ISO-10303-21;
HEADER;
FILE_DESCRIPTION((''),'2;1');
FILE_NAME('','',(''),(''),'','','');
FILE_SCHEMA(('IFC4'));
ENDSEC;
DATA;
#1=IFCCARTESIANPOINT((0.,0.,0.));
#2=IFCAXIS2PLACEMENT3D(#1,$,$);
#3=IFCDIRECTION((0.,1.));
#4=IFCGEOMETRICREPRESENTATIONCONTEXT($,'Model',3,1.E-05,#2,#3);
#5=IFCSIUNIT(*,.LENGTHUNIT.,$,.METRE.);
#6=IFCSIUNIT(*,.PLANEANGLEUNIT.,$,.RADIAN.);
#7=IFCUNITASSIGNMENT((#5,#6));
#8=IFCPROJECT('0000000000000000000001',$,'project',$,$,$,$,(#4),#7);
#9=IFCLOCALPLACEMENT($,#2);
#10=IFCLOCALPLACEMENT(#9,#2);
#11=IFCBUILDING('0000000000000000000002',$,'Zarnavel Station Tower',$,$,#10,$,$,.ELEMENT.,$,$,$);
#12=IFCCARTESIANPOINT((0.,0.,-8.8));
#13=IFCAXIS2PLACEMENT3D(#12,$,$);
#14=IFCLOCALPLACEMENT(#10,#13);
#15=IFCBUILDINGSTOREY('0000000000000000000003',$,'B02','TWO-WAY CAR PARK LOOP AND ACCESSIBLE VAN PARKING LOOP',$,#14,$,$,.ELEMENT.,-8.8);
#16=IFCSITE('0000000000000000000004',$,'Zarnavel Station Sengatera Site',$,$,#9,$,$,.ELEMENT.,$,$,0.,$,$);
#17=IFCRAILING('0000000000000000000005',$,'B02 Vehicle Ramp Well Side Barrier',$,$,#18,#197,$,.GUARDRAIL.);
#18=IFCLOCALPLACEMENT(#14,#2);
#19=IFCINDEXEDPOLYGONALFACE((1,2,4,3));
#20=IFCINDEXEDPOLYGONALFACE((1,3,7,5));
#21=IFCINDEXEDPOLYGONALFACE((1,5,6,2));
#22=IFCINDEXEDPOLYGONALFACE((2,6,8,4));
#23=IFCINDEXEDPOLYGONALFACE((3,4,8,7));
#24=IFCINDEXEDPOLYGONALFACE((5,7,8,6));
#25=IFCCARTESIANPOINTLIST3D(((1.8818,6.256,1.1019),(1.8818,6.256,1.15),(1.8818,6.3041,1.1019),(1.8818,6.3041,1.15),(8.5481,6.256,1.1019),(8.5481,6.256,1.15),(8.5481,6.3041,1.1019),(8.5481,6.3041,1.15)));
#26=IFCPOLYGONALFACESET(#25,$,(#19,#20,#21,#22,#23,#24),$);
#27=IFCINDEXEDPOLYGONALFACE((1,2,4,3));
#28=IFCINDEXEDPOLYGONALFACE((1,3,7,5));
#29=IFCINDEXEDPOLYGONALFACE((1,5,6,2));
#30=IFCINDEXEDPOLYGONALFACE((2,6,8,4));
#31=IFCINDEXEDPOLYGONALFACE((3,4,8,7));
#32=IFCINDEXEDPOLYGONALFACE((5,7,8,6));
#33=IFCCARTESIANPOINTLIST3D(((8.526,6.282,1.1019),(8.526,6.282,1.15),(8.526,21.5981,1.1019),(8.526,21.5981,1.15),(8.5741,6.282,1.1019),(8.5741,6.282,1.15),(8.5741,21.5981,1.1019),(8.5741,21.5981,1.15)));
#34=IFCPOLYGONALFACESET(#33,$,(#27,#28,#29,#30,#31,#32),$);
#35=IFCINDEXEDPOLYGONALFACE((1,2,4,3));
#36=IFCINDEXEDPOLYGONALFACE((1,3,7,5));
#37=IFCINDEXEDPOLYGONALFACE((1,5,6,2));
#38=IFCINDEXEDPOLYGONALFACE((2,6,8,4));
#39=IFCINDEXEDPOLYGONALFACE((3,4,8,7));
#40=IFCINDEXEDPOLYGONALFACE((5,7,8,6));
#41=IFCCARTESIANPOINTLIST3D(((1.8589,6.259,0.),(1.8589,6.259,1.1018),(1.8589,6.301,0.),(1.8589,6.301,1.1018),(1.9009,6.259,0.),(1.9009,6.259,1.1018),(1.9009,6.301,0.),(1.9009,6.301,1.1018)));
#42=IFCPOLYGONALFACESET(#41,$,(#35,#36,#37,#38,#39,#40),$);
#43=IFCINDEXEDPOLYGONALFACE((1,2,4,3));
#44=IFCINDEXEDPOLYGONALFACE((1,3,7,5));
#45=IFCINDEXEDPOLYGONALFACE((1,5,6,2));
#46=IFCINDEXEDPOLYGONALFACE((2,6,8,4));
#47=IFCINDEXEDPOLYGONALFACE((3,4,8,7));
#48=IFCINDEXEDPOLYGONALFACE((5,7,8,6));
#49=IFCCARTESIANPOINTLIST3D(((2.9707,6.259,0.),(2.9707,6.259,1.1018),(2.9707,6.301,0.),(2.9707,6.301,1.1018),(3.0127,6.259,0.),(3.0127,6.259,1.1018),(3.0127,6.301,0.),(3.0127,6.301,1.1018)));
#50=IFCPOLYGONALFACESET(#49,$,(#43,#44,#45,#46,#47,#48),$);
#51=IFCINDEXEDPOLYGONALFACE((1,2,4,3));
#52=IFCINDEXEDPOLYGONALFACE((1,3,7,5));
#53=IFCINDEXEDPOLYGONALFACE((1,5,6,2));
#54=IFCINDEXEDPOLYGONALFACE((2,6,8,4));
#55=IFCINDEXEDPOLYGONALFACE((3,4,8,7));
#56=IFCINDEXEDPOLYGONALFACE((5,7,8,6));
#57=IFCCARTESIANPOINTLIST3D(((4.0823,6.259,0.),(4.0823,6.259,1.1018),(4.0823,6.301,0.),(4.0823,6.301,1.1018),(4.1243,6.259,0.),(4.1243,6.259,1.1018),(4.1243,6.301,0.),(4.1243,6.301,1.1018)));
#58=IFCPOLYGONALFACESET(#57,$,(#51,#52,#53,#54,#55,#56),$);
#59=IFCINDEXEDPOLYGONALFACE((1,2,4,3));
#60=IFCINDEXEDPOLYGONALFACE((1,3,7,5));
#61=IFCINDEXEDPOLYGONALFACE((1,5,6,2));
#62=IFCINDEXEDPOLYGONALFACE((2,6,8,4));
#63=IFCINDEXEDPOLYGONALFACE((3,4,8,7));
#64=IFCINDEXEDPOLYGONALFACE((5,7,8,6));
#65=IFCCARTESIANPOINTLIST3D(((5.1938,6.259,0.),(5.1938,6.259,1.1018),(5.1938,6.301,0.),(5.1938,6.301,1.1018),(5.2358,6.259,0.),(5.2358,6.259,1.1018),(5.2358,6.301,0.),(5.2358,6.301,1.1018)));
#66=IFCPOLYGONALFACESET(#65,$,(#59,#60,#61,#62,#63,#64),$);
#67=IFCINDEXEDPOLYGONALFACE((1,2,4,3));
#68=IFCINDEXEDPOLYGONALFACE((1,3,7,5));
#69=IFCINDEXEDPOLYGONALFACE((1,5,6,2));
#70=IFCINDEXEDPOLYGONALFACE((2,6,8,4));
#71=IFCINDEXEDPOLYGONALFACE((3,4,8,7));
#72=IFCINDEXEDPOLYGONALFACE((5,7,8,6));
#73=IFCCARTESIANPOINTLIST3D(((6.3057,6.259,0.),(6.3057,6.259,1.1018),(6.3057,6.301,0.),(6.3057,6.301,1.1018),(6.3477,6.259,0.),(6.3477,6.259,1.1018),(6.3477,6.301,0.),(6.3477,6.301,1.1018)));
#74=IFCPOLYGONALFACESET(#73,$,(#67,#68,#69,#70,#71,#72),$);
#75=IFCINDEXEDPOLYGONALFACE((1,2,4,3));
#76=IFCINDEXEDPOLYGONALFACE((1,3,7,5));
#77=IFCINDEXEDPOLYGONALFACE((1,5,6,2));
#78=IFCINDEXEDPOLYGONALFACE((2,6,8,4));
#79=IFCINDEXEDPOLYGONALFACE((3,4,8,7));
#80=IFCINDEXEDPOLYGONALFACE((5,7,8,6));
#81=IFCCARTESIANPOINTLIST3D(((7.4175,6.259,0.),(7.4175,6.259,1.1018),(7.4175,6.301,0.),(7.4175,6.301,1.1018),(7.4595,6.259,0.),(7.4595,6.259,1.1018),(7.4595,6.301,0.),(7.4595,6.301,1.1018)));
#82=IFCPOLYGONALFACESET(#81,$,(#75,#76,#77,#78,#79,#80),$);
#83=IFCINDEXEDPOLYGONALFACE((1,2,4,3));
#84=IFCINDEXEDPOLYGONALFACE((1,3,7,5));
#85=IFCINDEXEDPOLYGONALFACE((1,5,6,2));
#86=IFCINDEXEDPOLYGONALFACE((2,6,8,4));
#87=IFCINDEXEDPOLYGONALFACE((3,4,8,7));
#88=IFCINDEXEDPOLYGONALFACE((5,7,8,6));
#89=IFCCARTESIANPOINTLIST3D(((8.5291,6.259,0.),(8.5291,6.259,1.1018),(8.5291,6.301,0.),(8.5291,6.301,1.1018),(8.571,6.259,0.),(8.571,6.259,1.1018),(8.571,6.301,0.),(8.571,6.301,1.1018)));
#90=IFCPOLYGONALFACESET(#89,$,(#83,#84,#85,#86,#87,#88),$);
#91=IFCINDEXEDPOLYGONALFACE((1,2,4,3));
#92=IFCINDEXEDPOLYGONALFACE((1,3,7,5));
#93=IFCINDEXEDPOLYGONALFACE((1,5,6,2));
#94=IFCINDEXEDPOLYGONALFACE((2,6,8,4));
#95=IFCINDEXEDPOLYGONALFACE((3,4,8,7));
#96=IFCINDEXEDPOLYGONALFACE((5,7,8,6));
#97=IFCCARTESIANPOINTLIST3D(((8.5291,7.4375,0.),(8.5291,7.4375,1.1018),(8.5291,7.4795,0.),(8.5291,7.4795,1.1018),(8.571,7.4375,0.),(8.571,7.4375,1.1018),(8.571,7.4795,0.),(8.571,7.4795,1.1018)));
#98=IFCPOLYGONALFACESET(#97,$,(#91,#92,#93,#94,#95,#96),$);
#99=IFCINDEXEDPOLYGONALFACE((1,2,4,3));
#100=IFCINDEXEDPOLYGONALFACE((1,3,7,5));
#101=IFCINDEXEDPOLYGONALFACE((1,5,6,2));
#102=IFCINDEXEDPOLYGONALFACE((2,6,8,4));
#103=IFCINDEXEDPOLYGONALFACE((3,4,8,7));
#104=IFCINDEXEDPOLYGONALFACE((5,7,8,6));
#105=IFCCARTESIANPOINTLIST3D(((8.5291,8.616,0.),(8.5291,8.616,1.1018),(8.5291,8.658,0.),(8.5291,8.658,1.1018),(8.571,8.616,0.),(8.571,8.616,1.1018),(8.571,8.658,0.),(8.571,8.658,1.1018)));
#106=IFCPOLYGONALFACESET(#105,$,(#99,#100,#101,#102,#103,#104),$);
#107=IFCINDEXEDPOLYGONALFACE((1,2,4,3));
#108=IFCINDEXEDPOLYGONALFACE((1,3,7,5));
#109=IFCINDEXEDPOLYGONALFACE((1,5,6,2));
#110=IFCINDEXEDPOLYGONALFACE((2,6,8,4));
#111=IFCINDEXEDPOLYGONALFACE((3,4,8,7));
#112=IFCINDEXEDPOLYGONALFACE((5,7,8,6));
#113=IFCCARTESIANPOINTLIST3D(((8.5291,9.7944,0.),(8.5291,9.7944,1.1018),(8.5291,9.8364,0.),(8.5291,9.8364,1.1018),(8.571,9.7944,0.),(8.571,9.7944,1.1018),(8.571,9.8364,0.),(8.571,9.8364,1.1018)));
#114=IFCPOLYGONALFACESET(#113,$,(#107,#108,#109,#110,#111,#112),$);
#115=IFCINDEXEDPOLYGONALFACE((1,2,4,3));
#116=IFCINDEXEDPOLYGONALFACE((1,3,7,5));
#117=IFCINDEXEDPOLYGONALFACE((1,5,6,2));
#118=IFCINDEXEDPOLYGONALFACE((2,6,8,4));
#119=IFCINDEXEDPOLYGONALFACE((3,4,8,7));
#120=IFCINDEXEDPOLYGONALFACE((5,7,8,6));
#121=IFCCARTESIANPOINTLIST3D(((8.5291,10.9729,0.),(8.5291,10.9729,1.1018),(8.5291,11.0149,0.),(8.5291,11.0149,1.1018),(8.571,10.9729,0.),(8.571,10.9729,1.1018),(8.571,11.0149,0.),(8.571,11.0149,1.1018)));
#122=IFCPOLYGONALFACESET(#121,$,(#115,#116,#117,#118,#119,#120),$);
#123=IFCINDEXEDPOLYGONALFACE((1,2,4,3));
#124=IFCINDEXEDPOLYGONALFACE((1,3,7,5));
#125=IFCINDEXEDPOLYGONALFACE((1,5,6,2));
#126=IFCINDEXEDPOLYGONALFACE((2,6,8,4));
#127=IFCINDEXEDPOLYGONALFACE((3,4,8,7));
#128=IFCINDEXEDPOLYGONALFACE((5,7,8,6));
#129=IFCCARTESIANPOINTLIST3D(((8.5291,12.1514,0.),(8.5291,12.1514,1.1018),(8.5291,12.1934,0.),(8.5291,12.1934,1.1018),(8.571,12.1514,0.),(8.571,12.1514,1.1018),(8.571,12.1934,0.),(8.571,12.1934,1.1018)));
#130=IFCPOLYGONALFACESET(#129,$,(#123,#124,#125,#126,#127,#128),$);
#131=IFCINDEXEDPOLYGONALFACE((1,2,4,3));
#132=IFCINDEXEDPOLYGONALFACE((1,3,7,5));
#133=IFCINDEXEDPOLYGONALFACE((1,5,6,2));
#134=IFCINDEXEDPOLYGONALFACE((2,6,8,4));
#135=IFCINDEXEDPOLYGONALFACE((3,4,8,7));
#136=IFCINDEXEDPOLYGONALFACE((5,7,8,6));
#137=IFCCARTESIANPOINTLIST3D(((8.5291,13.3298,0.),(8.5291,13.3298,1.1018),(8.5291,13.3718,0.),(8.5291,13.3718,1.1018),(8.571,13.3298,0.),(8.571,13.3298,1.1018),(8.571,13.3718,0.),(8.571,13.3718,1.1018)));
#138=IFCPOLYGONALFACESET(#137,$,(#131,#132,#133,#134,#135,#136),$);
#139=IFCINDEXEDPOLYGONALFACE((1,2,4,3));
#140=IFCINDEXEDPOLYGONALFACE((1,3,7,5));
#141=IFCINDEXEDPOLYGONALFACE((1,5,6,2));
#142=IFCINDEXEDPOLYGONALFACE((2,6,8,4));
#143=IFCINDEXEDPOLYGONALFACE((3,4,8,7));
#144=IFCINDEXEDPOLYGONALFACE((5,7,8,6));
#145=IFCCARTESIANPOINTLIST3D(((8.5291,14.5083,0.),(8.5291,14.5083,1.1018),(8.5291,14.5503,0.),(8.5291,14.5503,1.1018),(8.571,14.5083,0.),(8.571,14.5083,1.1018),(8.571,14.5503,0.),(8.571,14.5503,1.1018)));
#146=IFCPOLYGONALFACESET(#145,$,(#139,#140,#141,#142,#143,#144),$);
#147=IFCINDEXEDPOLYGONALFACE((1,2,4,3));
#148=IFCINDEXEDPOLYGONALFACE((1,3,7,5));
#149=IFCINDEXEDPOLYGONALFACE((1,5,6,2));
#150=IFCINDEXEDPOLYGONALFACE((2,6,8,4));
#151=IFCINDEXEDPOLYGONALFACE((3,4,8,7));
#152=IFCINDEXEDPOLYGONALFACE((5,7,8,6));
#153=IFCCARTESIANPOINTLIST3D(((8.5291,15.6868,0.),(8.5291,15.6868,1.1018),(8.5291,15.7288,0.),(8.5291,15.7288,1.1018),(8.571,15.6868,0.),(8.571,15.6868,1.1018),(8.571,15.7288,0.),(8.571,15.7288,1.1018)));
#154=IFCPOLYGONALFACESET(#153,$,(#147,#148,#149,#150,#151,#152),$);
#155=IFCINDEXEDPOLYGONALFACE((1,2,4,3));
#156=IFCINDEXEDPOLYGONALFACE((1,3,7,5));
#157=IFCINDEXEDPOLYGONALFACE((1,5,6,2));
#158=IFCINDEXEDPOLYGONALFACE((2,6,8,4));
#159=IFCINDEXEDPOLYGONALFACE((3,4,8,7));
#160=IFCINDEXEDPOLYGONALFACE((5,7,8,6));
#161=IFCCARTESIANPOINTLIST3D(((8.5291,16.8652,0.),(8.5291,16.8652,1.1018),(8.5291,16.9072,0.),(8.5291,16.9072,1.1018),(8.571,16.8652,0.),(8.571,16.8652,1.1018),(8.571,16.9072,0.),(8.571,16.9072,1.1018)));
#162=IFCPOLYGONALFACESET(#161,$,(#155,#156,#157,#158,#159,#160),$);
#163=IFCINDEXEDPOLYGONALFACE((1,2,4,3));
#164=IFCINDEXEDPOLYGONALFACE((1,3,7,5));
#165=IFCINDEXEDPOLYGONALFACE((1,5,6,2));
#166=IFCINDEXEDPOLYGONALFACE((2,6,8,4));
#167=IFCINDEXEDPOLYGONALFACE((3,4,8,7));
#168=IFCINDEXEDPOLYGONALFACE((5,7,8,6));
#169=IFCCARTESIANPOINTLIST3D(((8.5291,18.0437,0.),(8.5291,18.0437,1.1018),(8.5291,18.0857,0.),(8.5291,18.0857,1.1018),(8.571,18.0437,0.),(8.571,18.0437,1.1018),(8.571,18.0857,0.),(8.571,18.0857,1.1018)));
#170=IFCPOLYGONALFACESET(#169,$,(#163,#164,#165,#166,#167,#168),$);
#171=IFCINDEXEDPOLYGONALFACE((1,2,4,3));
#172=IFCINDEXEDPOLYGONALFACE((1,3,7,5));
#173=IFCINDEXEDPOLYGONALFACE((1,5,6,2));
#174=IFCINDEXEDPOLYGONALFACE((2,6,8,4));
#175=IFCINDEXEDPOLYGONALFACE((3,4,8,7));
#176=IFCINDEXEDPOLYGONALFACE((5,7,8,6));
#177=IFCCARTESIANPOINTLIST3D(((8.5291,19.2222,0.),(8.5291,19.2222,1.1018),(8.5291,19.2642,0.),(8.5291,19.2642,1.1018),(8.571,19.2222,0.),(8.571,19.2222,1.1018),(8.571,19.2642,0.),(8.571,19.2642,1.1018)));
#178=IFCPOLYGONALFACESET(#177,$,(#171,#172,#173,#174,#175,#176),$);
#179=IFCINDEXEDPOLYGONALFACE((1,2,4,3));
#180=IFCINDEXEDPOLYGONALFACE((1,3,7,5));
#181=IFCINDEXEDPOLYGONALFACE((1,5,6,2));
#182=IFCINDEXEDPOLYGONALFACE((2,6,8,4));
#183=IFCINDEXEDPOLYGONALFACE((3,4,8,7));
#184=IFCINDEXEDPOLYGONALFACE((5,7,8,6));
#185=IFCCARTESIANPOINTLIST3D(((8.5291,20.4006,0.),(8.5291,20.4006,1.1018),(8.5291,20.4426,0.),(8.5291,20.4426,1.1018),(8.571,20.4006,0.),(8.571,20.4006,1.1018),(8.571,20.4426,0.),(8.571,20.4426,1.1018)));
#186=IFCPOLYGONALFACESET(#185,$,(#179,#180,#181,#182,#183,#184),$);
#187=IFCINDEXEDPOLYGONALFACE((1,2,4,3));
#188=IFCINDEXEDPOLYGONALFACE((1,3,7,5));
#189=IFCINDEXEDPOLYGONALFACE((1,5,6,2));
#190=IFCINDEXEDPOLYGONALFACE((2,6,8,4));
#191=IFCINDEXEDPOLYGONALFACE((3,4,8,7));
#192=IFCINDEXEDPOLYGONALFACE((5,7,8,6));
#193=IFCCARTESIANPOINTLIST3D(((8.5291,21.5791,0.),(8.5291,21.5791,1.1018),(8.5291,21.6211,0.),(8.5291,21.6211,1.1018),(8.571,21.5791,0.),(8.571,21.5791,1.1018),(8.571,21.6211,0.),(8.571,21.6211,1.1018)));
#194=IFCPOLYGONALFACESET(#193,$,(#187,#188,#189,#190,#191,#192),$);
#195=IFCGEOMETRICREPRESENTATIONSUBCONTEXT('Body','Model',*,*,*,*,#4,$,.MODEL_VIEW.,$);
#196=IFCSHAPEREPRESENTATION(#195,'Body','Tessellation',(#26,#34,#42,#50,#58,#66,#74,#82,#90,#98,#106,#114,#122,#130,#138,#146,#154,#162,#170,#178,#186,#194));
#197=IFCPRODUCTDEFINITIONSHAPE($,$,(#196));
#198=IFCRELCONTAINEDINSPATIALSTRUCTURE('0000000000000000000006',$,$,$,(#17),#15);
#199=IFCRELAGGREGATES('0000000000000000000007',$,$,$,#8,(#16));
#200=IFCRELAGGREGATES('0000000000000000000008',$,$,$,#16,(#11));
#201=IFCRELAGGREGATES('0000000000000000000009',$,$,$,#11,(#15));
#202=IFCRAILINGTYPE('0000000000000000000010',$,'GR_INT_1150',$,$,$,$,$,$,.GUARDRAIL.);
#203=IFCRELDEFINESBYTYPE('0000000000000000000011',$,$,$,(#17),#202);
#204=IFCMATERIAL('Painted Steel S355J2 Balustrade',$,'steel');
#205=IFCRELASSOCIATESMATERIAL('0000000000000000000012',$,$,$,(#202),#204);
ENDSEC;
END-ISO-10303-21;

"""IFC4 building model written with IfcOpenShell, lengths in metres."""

from ifc_helpers import new_model, si_unit, direction, frame, origin, origin_2d, place, context, subcontext, project, spatial, rectangle, extrude, material, type_object, element, save


model = new_model("IFC4")

# Units and contexts
model_context = context("Model", 3, precision=1e-05, world=origin(), true_north=direction((0.0, 1.0)))
body_context = subcontext(model_context, "Body", "Model", "MODEL_VIEW")
ifc_project = project(units=[si_unit("LENGTHUNIT", "METRE"), si_unit("PLANEANGLEUNIT", "RADIAN")], contexts=[model_context])

# Site, building, storey
site_placement = place(None, origin())
site = spatial("IfcSite", under=ifc_project, at=site_placement, Name="Zarnavel Station Sengatera Site", CompositionType="ELEMENT", RefElevation=0.0)
building_placement = place(site_placement, origin())
building = spatial("IfcBuilding", under=site, at=building_placement, Name="Zarnavel Station Tower", CompositionType="ELEMENT")
storey_placement = place(building_placement, frame((0.0, 0.0, -8.8)))
storey = spatial("IfcBuildingStorey", under=building, at=storey_placement, Name="B02", Description="TWO-WAY CAR PARK LOOP AND ACCESSIBLE VAN PARKING LOOP", CompositionType="ELEMENT", Elevation=-8.8)

# Railing
ifc_material_1 = material(Name="Painted Steel S355J2 Balustrade", Category="steel")
railing_type = type_object("IfcRailingType", Name="GR_INT_1150", PredefinedType="GUARDRAIL", material=ifc_material_1)
railing_placement = place(storey_placement, frame((1.8799, 6.28, 0.0)))
element("IfcRailing", 1, at=railing_placement, inside=storey, type_object=railing_type, Name="B02 Vehicle Ramp Well Side Barrier", PredefinedType="GUARDRAIL", context=body_context, shape_type="SweptSolid", body=[
    extrude(rectangle(XDim=0.0481, YDim=0.0481, at=origin_2d()), frame((0.002, 0.0, 1.126), z_axis=(1.0, 0.0, 0.0), x_axis=(0.0, 1.0, 0.0)), (0.0, 0.0, 1.0), 6.6663),
    extrude(rectangle(XDim=0.0481, YDim=0.0481, at=origin_2d()), frame((6.6702, 0.002, 1.126), z_axis=(0.0, 1.0, 0.0), x_axis=(-1.0, 0.0, 0.0)), (0.0, 0.0, 1.0), 15.3162),
    extrude(rectangle(XDim=0.042, YDim=0.042, at=origin_2d()), origin(), (0.0, 0.0, 1.0), 1.1018),
    extrude(rectangle(XDim=0.042, YDim=0.042, at=origin_2d()), frame((1.1118, 0.0, 0.0)), (0.0, 0.0, 1.0), 1.1018),
    extrude(rectangle(XDim=0.042, YDim=0.042, at=origin_2d()), frame((2.2234, 0.0, 0.0)), (0.0, 0.0, 1.0), 1.1018),
    extrude(rectangle(XDim=0.042, YDim=0.042, at=origin_2d()), frame((3.335, 0.0, 0.0)), (0.0, 0.0, 1.0), 1.1018),
    extrude(rectangle(XDim=0.042, YDim=0.042, at=origin_2d()), frame((4.4468, 0.0, 0.0)), (0.0, 0.0, 1.0), 1.1018),
    extrude(rectangle(XDim=0.042, YDim=0.042, at=origin_2d()), frame((5.5586, 0.0, 0.0)), (0.0, 0.0, 1.0), 1.1018),
    extrude(rectangle(XDim=0.042, YDim=0.042, at=origin_2d()), frame((6.6702, 0.0, 0.0)), (0.0, 0.0, 1.0), 1.1018),
    extrude(rectangle(XDim=0.042, YDim=0.042, at=origin_2d()), frame((6.6702, 1.1785, 0.0)), (0.0, 0.0, 1.0), 1.1018),
    extrude(rectangle(XDim=0.042, YDim=0.042, at=origin_2d()), frame((6.6702, 2.3569, 0.0)), (0.0, 0.0, 1.0), 1.1018),
    extrude(rectangle(XDim=0.042, YDim=0.042, at=origin_2d()), frame((6.6702, 3.5354, 0.0)), (0.0, 0.0, 1.0), 1.1018),
    extrude(rectangle(XDim=0.042, YDim=0.042, at=origin_2d()), frame((6.6702, 4.7139, 0.0)), (0.0, 0.0, 1.0), 1.1018),
    extrude(rectangle(XDim=0.042, YDim=0.042, at=origin_2d()), frame((6.6702, 5.8923, 0.0)), (0.0, 0.0, 1.0), 1.1018),
    extrude(rectangle(XDim=0.042, YDim=0.042, at=origin_2d()), frame((6.6702, 7.0708, 0.0)), (0.0, 0.0, 1.0), 1.1018),
    extrude(rectangle(XDim=0.042, YDim=0.042, at=origin_2d()), frame((6.6702, 8.2493, 0.0)), (0.0, 0.0, 1.0), 1.1018),
    extrude(rectangle(XDim=0.042, YDim=0.042, at=origin_2d()), frame((6.6702, 9.4277, 0.0)), (0.0, 0.0, 1.0), 1.1018),
    extrude(rectangle(XDim=0.042, YDim=0.042, at=origin_2d()), frame((6.6702, 10.6062, 0.0)), (0.0, 0.0, 1.0), 1.1018),
    extrude(rectangle(XDim=0.042, YDim=0.042, at=origin_2d()), frame((6.6702, 11.7847, 0.0)), (0.0, 0.0, 1.0), 1.1018),
    extrude(rectangle(XDim=0.042, YDim=0.042, at=origin_2d()), frame((6.6702, 12.9631, 0.0)), (0.0, 0.0, 1.0), 1.1018),
    extrude(rectangle(XDim=0.042, YDim=0.042, at=origin_2d()), frame((6.6702, 14.1416, 0.0)), (0.0, 0.0, 1.0), 1.1018),
    extrude(rectangle(XDim=0.042, YDim=0.042, at=origin_2d()), frame((6.6702, 15.3201, 0.0)), (0.0, 0.0, 1.0), 1.1018),
])

save(model, "model.ifc")
